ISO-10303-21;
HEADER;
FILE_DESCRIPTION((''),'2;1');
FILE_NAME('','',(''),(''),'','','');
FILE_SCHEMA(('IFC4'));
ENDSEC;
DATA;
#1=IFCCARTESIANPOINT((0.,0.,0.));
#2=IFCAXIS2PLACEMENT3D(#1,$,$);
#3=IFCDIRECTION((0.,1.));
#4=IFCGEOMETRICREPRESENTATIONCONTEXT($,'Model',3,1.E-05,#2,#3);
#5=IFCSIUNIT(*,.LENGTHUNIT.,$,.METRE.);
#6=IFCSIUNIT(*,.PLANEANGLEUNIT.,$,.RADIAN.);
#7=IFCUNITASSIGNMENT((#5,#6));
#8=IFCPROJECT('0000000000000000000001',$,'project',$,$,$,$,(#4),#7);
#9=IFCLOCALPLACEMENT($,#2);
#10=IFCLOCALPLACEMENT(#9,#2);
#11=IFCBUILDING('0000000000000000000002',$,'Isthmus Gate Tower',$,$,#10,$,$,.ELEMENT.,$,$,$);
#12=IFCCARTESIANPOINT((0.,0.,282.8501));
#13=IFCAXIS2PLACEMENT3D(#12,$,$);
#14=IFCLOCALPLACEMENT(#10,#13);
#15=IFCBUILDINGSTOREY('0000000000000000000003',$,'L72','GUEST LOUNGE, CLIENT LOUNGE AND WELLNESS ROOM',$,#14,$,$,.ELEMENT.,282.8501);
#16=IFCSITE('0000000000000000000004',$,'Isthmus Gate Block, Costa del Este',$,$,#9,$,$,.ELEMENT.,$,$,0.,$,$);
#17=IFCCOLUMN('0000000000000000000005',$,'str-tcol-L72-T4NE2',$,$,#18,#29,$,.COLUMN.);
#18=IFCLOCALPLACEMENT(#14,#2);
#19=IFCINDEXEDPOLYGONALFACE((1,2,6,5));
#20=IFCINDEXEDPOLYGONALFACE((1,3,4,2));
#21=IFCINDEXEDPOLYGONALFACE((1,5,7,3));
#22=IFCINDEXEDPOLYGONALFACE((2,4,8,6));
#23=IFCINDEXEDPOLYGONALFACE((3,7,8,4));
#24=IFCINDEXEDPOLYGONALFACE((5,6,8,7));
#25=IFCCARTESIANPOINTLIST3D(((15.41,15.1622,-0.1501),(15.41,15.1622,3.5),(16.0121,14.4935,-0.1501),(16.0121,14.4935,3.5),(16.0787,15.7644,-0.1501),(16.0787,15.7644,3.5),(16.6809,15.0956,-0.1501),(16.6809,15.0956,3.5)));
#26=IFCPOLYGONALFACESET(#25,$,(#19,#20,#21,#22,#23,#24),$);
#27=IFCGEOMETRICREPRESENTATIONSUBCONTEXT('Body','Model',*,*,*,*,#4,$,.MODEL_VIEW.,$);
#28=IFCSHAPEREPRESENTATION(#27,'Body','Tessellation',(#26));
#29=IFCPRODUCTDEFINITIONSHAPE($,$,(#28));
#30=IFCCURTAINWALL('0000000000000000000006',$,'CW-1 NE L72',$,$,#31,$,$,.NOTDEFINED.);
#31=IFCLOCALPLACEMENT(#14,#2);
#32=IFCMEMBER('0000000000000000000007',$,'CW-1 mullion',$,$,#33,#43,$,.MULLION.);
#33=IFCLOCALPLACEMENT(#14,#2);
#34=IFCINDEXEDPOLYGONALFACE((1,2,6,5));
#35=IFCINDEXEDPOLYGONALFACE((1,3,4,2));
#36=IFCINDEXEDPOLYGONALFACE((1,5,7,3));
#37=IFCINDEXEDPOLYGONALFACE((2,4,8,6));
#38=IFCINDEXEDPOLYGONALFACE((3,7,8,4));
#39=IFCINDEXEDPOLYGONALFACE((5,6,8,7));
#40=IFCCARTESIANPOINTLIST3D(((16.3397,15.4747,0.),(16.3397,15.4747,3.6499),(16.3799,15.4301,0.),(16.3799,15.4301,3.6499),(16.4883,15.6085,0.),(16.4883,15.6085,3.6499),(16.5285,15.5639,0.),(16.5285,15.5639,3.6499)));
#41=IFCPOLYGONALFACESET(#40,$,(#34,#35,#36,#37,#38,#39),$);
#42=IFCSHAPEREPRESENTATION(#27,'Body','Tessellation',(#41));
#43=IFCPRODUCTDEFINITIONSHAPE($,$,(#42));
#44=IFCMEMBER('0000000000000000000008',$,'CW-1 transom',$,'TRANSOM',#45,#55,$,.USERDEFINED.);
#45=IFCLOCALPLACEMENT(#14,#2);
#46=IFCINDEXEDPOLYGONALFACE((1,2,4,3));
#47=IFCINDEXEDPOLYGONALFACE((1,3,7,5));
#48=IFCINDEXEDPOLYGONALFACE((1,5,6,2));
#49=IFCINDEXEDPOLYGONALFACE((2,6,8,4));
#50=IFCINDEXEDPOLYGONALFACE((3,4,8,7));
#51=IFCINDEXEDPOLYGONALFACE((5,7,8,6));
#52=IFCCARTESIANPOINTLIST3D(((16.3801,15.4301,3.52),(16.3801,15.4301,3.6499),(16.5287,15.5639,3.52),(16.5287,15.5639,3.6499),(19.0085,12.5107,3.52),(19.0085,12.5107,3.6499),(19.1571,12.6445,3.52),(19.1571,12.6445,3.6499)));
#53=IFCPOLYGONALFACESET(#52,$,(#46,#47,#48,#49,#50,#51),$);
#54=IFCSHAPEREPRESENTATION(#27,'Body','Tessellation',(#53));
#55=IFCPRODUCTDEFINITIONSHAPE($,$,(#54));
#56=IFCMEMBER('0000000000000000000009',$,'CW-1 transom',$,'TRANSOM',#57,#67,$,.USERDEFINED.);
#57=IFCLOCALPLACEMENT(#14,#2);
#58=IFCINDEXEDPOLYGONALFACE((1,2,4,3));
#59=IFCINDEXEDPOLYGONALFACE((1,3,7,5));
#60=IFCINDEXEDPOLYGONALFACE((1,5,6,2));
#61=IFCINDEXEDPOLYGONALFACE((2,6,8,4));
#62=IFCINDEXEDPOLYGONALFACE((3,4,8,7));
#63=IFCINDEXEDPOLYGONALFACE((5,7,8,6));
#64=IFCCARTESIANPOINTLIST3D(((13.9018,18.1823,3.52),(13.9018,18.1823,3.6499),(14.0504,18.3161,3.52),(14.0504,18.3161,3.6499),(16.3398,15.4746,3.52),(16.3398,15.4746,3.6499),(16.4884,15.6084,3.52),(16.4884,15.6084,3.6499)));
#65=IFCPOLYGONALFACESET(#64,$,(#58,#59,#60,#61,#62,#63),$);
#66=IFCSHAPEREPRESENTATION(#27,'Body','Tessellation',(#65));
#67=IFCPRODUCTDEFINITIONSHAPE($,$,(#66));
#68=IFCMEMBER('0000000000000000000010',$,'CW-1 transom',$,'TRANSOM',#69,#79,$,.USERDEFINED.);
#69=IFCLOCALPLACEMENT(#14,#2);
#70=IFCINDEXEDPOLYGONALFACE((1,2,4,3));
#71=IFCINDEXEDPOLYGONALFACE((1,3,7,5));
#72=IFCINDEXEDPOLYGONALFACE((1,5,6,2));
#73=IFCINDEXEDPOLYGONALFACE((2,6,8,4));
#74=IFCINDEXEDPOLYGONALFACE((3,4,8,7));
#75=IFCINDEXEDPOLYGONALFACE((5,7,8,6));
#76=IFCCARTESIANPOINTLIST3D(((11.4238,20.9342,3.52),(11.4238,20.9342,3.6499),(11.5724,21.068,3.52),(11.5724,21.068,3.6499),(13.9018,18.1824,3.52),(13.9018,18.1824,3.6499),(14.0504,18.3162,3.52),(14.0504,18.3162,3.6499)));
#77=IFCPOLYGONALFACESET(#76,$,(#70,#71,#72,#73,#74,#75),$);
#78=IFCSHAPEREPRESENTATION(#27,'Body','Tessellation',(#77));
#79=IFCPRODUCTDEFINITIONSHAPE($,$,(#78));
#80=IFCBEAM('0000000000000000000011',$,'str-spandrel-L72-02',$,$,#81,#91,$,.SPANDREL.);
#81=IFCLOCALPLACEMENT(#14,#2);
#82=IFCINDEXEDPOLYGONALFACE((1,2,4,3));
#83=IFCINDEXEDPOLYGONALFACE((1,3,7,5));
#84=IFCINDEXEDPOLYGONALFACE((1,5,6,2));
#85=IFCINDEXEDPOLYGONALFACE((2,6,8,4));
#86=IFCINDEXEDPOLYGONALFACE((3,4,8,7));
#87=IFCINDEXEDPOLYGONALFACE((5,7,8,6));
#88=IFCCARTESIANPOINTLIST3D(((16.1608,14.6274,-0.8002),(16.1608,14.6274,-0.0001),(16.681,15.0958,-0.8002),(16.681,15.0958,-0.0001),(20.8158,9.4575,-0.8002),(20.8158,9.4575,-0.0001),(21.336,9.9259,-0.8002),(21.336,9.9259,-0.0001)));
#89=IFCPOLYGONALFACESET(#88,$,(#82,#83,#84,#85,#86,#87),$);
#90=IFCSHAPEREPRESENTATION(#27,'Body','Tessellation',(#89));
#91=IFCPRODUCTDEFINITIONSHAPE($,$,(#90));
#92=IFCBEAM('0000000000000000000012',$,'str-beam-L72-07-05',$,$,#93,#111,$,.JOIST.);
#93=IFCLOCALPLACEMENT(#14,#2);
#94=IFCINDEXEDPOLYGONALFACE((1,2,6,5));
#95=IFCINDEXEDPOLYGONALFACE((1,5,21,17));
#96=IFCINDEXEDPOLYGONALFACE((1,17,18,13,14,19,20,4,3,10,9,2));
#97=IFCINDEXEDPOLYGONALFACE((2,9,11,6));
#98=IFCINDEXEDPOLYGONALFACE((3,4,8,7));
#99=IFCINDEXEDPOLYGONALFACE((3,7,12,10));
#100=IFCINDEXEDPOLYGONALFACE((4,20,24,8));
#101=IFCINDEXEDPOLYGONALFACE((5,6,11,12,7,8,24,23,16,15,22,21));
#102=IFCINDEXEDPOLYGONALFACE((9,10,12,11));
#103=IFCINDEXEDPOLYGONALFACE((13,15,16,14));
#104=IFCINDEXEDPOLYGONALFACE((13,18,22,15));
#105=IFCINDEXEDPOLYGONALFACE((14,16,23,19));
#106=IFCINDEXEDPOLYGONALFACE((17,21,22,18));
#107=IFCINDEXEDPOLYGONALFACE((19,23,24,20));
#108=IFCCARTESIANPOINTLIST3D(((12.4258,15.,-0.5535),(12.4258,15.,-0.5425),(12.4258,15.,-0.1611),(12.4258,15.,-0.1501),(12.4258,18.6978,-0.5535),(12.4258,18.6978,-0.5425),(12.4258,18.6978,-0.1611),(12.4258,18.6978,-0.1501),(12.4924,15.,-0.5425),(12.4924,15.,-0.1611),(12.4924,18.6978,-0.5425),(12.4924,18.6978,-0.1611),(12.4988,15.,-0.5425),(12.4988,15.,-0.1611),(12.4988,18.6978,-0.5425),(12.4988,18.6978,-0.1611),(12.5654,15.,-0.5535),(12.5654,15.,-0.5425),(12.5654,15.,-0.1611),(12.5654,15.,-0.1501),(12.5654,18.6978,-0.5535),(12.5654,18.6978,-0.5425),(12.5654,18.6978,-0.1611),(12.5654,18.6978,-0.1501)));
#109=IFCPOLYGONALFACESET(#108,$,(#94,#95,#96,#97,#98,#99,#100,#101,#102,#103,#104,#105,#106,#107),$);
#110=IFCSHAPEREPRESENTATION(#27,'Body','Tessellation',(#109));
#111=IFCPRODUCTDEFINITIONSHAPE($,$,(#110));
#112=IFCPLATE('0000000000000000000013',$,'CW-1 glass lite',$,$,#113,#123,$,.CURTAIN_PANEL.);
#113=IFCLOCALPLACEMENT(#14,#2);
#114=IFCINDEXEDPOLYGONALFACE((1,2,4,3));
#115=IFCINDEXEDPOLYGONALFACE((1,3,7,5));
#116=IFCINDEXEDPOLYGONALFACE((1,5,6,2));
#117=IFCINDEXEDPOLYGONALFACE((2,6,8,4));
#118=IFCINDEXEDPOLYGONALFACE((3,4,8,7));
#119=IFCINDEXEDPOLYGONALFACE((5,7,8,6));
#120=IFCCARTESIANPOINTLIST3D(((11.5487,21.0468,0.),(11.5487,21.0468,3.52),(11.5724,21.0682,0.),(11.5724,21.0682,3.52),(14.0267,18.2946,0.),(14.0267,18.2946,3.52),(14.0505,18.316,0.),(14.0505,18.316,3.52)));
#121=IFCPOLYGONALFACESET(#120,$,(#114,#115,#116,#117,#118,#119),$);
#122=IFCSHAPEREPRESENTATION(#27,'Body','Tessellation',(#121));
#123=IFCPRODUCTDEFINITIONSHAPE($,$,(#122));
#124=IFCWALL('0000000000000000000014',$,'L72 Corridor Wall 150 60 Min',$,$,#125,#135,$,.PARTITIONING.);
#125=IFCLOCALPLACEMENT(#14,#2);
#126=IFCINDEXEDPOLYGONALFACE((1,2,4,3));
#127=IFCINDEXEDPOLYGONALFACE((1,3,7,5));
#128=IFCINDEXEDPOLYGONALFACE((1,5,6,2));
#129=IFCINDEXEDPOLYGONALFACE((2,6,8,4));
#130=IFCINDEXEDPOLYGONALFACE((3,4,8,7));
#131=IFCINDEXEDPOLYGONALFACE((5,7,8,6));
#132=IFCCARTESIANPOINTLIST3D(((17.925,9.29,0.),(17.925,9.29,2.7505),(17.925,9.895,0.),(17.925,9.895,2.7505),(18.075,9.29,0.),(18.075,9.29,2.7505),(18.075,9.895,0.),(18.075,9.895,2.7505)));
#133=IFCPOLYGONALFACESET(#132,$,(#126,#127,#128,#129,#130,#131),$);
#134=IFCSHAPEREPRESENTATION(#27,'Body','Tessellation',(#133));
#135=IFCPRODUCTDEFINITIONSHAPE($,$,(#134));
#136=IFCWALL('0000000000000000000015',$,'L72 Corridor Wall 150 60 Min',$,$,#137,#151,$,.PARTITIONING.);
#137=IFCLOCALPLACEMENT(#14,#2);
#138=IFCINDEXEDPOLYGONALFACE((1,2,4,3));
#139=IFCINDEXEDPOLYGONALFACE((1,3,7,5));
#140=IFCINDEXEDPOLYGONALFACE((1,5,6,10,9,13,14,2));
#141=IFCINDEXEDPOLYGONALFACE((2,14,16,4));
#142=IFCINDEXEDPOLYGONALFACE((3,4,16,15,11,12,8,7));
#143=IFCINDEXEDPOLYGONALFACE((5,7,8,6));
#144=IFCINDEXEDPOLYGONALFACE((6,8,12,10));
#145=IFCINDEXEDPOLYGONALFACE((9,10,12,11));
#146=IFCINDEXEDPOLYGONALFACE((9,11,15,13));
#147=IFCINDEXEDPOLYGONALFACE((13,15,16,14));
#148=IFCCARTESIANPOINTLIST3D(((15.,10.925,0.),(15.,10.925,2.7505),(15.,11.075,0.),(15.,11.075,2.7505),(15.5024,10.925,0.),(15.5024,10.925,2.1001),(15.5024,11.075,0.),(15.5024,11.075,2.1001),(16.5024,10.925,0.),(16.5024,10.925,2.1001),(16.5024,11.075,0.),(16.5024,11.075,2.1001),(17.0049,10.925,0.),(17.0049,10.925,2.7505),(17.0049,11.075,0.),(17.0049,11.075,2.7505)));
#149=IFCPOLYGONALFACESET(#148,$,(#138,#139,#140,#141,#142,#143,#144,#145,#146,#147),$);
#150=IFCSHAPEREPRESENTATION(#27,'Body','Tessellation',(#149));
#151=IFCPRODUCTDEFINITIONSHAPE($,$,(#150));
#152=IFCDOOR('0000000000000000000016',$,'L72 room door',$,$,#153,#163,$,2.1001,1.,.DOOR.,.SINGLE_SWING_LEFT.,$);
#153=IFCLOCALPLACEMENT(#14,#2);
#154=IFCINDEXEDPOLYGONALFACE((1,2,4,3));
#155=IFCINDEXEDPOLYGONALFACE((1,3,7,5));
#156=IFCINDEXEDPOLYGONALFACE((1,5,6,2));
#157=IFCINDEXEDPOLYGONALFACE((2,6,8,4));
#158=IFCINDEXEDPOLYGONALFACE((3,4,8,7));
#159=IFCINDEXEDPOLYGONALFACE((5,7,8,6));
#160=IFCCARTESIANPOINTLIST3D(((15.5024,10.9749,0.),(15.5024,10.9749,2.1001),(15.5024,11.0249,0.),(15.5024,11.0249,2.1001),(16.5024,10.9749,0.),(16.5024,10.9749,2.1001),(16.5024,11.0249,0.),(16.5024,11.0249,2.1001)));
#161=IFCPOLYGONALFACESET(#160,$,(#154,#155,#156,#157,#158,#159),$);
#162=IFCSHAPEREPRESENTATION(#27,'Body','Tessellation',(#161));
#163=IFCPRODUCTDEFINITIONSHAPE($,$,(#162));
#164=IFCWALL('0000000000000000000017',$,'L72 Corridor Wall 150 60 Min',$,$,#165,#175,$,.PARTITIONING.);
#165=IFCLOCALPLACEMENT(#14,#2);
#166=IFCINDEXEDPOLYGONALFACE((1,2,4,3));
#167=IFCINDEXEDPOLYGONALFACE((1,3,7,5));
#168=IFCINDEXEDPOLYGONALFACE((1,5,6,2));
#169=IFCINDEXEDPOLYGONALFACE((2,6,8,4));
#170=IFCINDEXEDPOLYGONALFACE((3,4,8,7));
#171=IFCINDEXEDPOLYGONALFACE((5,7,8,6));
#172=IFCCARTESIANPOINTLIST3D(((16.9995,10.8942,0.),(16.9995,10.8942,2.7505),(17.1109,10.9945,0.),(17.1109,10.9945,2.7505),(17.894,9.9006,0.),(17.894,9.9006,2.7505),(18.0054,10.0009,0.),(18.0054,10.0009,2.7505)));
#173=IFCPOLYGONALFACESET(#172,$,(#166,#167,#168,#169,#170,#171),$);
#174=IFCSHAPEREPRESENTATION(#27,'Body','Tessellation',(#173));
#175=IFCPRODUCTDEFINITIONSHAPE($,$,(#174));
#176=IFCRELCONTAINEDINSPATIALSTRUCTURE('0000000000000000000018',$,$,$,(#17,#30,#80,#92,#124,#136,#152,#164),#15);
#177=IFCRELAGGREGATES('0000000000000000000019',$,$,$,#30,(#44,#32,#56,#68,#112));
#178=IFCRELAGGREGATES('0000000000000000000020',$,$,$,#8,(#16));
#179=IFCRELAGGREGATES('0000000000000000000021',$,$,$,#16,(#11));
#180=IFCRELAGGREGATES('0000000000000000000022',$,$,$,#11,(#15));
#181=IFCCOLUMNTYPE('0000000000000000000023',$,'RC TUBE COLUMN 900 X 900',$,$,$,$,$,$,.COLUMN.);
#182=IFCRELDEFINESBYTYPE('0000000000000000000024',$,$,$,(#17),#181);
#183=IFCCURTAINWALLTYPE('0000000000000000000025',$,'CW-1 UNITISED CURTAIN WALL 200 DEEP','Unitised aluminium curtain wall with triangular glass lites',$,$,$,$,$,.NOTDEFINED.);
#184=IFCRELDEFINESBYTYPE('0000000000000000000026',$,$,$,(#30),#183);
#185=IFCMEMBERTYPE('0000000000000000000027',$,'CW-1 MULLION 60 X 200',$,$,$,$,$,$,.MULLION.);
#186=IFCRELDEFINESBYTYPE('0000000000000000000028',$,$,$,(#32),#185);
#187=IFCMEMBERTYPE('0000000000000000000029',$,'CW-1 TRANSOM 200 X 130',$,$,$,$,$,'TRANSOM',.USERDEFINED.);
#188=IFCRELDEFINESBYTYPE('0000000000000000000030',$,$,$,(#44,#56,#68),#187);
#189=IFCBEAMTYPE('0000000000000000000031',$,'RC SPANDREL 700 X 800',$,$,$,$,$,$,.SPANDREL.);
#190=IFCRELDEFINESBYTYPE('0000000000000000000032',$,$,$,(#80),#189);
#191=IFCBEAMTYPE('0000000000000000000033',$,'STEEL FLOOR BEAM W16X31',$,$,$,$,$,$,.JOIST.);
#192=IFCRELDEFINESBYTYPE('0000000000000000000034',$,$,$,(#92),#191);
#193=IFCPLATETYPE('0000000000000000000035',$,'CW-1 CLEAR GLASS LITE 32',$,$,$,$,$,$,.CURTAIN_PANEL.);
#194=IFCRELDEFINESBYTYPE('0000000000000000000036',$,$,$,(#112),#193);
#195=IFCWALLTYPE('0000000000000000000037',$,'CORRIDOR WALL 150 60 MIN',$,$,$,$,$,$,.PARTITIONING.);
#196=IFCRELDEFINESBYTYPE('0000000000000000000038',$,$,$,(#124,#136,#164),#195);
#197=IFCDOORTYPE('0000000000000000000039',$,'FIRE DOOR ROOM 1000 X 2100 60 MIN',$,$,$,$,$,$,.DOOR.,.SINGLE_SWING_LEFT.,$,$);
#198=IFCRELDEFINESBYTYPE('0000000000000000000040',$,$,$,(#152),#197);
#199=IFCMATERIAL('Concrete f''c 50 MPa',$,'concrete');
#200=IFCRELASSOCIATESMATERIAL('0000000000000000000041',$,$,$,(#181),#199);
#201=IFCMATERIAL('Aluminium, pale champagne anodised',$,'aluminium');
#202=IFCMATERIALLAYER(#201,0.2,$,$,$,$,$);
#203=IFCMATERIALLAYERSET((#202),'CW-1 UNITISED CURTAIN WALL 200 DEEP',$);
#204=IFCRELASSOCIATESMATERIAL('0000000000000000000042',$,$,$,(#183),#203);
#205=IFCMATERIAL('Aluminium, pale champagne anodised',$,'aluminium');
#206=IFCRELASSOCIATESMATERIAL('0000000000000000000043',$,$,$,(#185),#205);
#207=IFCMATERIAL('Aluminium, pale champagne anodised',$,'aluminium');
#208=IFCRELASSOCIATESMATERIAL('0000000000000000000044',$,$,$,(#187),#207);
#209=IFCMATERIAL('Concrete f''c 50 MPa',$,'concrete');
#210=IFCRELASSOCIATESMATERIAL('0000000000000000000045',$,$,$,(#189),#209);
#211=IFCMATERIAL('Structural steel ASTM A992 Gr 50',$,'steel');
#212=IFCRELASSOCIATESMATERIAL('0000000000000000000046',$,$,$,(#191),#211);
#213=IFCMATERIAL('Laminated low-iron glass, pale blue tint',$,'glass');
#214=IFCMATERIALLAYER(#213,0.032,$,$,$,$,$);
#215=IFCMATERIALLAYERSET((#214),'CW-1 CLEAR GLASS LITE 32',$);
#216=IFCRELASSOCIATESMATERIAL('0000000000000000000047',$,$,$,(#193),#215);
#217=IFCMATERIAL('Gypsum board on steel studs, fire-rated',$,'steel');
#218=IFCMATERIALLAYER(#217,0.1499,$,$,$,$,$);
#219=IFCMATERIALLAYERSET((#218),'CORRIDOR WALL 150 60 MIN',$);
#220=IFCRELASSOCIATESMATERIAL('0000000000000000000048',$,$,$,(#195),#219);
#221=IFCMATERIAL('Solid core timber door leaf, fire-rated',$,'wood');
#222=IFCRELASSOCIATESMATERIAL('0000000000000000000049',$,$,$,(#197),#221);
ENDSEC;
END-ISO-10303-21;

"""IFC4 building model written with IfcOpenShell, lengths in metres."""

from ifc_helpers import new_model, si_unit, direction, frame, frame_2d, origin, origin_2d, place, context, subcontext, project, spatial, rectangle, i_section, extrude, material, layer, layer_set, material_profile, profile_set, type_object, element, fill, aggregate, save


model = new_model("IFC4")

# Units and contexts
model_context = context("Model", 3, precision=1e-05, world=origin(), true_north=direction((0.0, 1.0)))
body_context = subcontext(model_context, "Body", "Model", "MODEL_VIEW")
ifc_project = project(units=[si_unit("LENGTHUNIT", "METRE"), si_unit("PLANEANGLEUNIT", "RADIAN")], contexts=[model_context])

# Site, building, storey
site_placement = place(None, origin())
site = spatial("IfcSite", under=ifc_project, at=site_placement, Name="Isthmus Gate Block, Costa del Este", CompositionType="ELEMENT", RefElevation=0.0)
building_placement = place(site_placement, origin())
building = spatial("IfcBuilding", under=site, at=building_placement, Name="Isthmus Gate Tower", CompositionType="ELEMENT")
storey_placement = place(building_placement, frame((0.0, 0.0, 282.8501)))
storey = spatial("IfcBuildingStorey", under=building, at=storey_placement, Name="L72", Description="GUEST LOUNGE, CLIENT LOUNGE AND WELLNESS ROOM", CompositionType="ELEMENT", Elevation=282.8501)

# Column
ifc_material_1 = material(Name="Concrete f'c 50 MPa", Category="concrete")
ifc_material_profile_1 = material_profile(ifc_material_1, rectangle(XDim=0.8999, YDim=0.8999, at=origin_2d()), Name="RC 900X900")
ifc_profile_set_1 = profile_set([ifc_material_profile_1], Name="Concrete f'c 50 MPa")
column_type = type_object("IfcColumnType", Name="RC TUBE COLUMN 900 X 900", PredefinedType="COLUMN", material=ifc_profile_set_1)
column_placement = place(storey_placement, frame((16.0454, 15.1289, -0.1501), z_axis=(0.0, 0.0, 1.0), x_axis=(-0.669131, 0.743145, 0.0)))
element("IfcColumn", 1, at=column_placement, inside=storey, type_object=column_type, Name="str-tcol-L72-T4NE2", PredefinedType="COLUMN", context=body_context, shape_type="SweptSolid", body=[
    extrude(rectangle(XDim=0.8999, YDim=0.8999, at=origin_2d()), origin(), (0.0, 0.0, 1.0), 3.6501),
])

# Curtain wall, members
ifc_material_2 = material(Name="Aluminium, pale champagne anodised", Category="aluminium")
ifc_layer_1 = layer(ifc_material_2, 0.2)
ifc_layer_set_1 = layer_set([ifc_layer_1], Name="CW-1 UNITISED CURTAIN WALL 200 DEEP")
curtain_wall_type = type_object("IfcCurtainWallType", Name="CW-1 UNITISED CURTAIN WALL 200 DEEP", Description="Unitised aluminium curtain wall with triangular glass lites", PredefinedType="NOTDEFINED", material=ifc_layer_set_1)
curtain_wall_placement = place(storey_placement, origin())
curtain_wall = element("IfcCurtainWall", 2, at=curtain_wall_placement, inside=storey, type_object=curtain_wall_type, Name="CW-1 NE L72", PredefinedType="NOTDEFINED")
ifc_material_3 = material(Name="Aluminium, pale champagne anodised", Category="aluminium")
ifc_material_profile_2 = material_profile(ifc_material_3, rectangle(XDim=0.0601, YDim=0.2, at=origin_2d()), Name="60x200")
ifc_profile_set_2 = profile_set([ifc_material_profile_2], Name="Aluminium, pale champagne anodised")
member_type_1 = type_object("IfcMemberType", Name="CW-1 MULLION 60 X 200", PredefinedType="MULLION", material=ifc_profile_set_2)
member_1_placement = place(storey_placement, frame((16.4341, 15.5193, 0.0), z_axis=(0.0, 0.0, 1.0), x_axis=(-0.669131, 0.743145, 0.0)))
member_1 = element("IfcMember", 3, at=member_1_placement, type_object=member_type_1, Name="CW-1 mullion", PredefinedType="MULLION", context=body_context, shape_type="SweptSolid", body=[
    extrude(rectangle(XDim=0.0601, YDim=0.2, at=origin_2d()), origin(), (0.0, 0.0, 1.0), 3.6499),
])
ifc_material_4 = material(Name="Aluminium, pale champagne anodised", Category="aluminium")
ifc_material_profile_3 = material_profile(ifc_material_4, rectangle(XDim=0.2, YDim=0.1299, at=origin_2d()), Name="200x130")
ifc_profile_set_3 = profile_set([ifc_material_profile_3], Name="Aluminium, pale champagne anodised")
member_type_2 = type_object("IfcMemberType", Name="CW-1 TRANSOM 200 X 130", ElementType="TRANSOM", PredefinedType="USERDEFINED", material=ifc_profile_set_3)
member_2_placement = place(storey_placement, frame((19.0828, 12.5776, 3.585), z_axis=(-0.669095, 0.743177, 0.0), x_axis=(-0.743177, -0.669095, 0.0)))
member_2 = element("IfcMember", 4, at=member_2_placement, type_object=member_type_2, Name="CW-1 transom", ObjectType="TRANSOM", PredefinedType="USERDEFINED", context=body_context, shape_type="SweptSolid", body=[
    extrude(rectangle(XDim=0.2, YDim=0.1299, at=origin_2d()), origin(), (0.0, 0.0, 1.0), 3.9282),
])
member_3_placement = place(storey_placement, frame((16.4141, 15.5415, 3.585), z_axis=(-0.669116, 0.743158, 0.0), x_axis=(-0.743158, -0.669116, 0.0)))
member_3 = element("IfcMember", 5, at=member_3_placement, type_object=member_type_2, Name="CW-1 transom", ObjectType="TRANSOM", PredefinedType="USERDEFINED", context=body_context, shape_type="SweptSolid", body=[
    extrude(rectangle(XDim=0.2, YDim=0.1299, at=origin_2d()), origin(), (0.0, 0.0, 1.0), 3.6436),
])
member_4_placement = place(storey_placement, frame((13.9761, 18.2493, 3.585), z_axis=(-0.669154, 0.743124, 0.0), x_axis=(-0.743124, -0.669154, 0.0)))
member_4 = element("IfcMember", 6, at=member_4_placement, type_object=member_type_2, Name="CW-1 transom", ObjectType="TRANSOM", PredefinedType="USERDEFINED", context=body_context, shape_type="SweptSolid", body=[
    extrude(rectangle(XDim=0.2, YDim=0.1299, at=origin_2d()), origin(), (0.0, 0.0, 1.0), 3.7031),
])

# Beams
ifc_material_5 = material(Name="Concrete f'c 50 MPa", Category="concrete")
ifc_material_profile_4 = material_profile(ifc_material_5, rectangle(XDim=0.7, YDim=0.8, at=origin_2d()), Name="RC 700X800")
ifc_profile_set_4 = profile_set([ifc_material_profile_4], Name="Concrete f'c 50 MPa")
beam_type_1 = type_object("IfcBeamType", Name="RC SPANDREL 700 X 800", PredefinedType="SPANDREL", material=ifc_profile_set_4)
beam_1_placement = place(storey_placement, frame((16.4209, 14.8616, -0.4001), z_axis=(0.669131, -0.743144, 0.0), x_axis=(0.743144, 0.669131, 0.0)))
element("IfcBeam", 7, at=beam_1_placement, inside=storey, type_object=beam_type_1, Name="str-spandrel-L72-02", PredefinedType="SPANDREL", context=body_context, shape_type="SweptSolid", body=[
    extrude(rectangle(XDim=0.7, YDim=0.8, at=origin_2d()), origin(), (0.0, 0.0, 1.0), 6.9568),
])
ifc_material_6 = material(Name="Structural steel ASTM A992 Gr 50", Category="steel")
ifc_material_profile_5 = material_profile(ifc_material_6, i_section(OverallWidth=0.1396, OverallDepth=0.4033, WebThickness=0.0063, FlangeThickness=0.011, at=origin_2d()), Name="W16X31")
ifc_profile_set_5 = profile_set([ifc_material_profile_5], Name="Structural steel ASTM A992 Gr 50")
beam_type_2 = type_object("IfcBeamType", Name="STEEL FLOOR BEAM W16X31", PredefinedType="JOIST", material=ifc_profile_set_5)
beam_2_placement = place(storey_placement, frame((12.4956, 15.0, -0.3518), z_axis=(0.0, 1.0, 0.0), x_axis=(-1.0, 0.0, 0.0)))
element("IfcBeam", 8, at=beam_2_placement, inside=storey, type_object=beam_type_2, Name="str-beam-L72-07-05", PredefinedType="JOIST", context=body_context, shape_type="SweptSolid", body=[
    extrude(i_section(OverallWidth=0.1396, OverallDepth=0.4033, WebThickness=0.0063, FlangeThickness=0.011, at=origin_2d()), origin(), (0.0, 0.0, 1.0), 3.6978),
])

# Plate
ifc_material_7 = material(Name="Laminated low-iron glass, pale blue tint", Category="glass")
ifc_layer_2 = layer(ifc_material_7, 0.032)
ifc_layer_set_2 = layer_set([ifc_layer_2], Name="CW-1 CLEAR GLASS LITE 32")
plate_type = type_object("IfcPlateType", Name="CW-1 CLEAR GLASS LITE 32", PredefinedType="CURTAIN_PANEL", material=ifc_layer_set_2)
plate_placement = place(storey_placement, frame((12.7996, 19.6814, 0.0), z_axis=(0.0, 0.0, 1.0), x_axis=(-0.669131, 0.743145, 0.0)))
plate = element("IfcPlate", 9, at=plate_placement, type_object=plate_type, Name="CW-1 glass lite", PredefinedType="CURTAIN_PANEL", context=body_context, shape_type="SweptSolid", body=[
    extrude(rectangle(XDim=3.7034, YDim=0.032, at=origin_2d()), origin(), (0.0, 0.0, 1.0), 3.52),
])

# Wall
ifc_material_8 = material(Name="Gypsum board on steel studs, fire-rated", Category="steel")
ifc_layer_3 = layer(ifc_material_8, 0.1499)
ifc_layer_set_3 = layer_set([ifc_layer_3], Name="CORRIDOR WALL 150 60 MIN")
wall_type = type_object("IfcWallType", Name="CORRIDOR WALL 150 60 MIN", PredefinedType="PARTITIONING", material=ifc_layer_set_3)
wall_1_placement = place(storey_placement, frame((18.0, 9.895, 0.0), z_axis=(0.0, 0.0, 1.0), x_axis=(0.0, -1.0, 0.0)))
element("IfcWall", 10, at=wall_1_placement, inside=storey, type_object=wall_type, Name="L72 Corridor Wall 150 60 Min", PredefinedType="PARTITIONING", context=body_context, shape_type="SweptSolid", body=[
    extrude(rectangle(XDim=0.605, YDim=0.1499, at=frame_2d((0.3025, 0.0))), origin(), (0.0, 0.0, 1.0), 2.7505),
])

# Wall, opening, door
wall_2_placement = place(storey_placement, frame((15.0, 11.0, 0.0), z_axis=(0.0, 0.0, 1.0), x_axis=(1.0, 0.0, 0.0)))
wall_2 = element("IfcWall", 11, at=wall_2_placement, inside=storey, type_object=wall_type, Name="L72 Corridor Wall 150 60 Min", PredefinedType="PARTITIONING", context=body_context, shape_type="SweptSolid", body=[
    extrude(rectangle(XDim=2.0049, YDim=0.1499, at=frame_2d((1.0024, 0.0))), origin(), (0.0, 0.0, 1.0), 2.7505),
])
opening_placement = place(wall_2_placement, frame((0.5024, 0.0, 0.0)))
opening = element("IfcOpeningElement", 12, at=opening_placement, cuts=wall_2, PredefinedType="OPENING", context=body_context, shape_type="SweptSolid", body=[
    extrude(rectangle(XDim=1.0, YDim=2.1001, at=frame_2d((0.5, 1.05))), frame((0.0, 0.085, 0.0), z_axis=(0.0, -1.0, 0.0), x_axis=(1.0, 0.0, 0.0)), (0.0, 0.0, 1.0), 0.1699),
])
ifc_material_9 = material(Name="Solid core timber door leaf, fire-rated", Category="wood")
door_type = type_object("IfcDoorType", Name="FIRE DOOR ROOM 1000 X 2100 60 MIN", OperationType="SINGLE_SWING_LEFT", PredefinedType="DOOR", material=ifc_material_9)
door_placement = place(opening_placement, origin())
door = element("IfcDoor", 13, at=door_placement, inside=storey, type_object=door_type, Name="L72 room door", OperationType="SINGLE_SWING_LEFT", OverallHeight=2.1001, OverallWidth=1.0, PredefinedType="DOOR", context=body_context, shape_type="SweptSolid", body=[
    extrude(rectangle(XDim=1.0, YDim=2.1001, at=frame_2d((0.5, 1.05))), frame((0.0, 0.0249, 0.0), z_axis=(0.0, -1.0, 0.0), x_axis=(1.0, 0.0, 0.0)), (0.0, 0.0, 1.0), 0.05),
])
fill(opening, door)

# Wall
wall_3_placement = place(storey_placement, frame((17.0552, 10.9443, 0.0), z_axis=(0.0, 0.0, 1.0), x_axis=(0.669066, -0.743203, 0.0)))
element("IfcWall", 14, at=wall_3_placement, inside=storey, type_object=wall_type, Name="L72 Corridor Wall 150 60 Min", PredefinedType="PARTITIONING", context=body_context, shape_type="SweptSolid", body=[
    extrude(rectangle(XDim=1.3369, YDim=0.1499, at=frame_2d((0.6685, 0.0))), origin(), (0.0, 0.0, 1.0), 2.7505),
])

aggregate(curtain_wall, [member_2, member_1, member_3, member_4, plate])

save(model, "model.ifc")
